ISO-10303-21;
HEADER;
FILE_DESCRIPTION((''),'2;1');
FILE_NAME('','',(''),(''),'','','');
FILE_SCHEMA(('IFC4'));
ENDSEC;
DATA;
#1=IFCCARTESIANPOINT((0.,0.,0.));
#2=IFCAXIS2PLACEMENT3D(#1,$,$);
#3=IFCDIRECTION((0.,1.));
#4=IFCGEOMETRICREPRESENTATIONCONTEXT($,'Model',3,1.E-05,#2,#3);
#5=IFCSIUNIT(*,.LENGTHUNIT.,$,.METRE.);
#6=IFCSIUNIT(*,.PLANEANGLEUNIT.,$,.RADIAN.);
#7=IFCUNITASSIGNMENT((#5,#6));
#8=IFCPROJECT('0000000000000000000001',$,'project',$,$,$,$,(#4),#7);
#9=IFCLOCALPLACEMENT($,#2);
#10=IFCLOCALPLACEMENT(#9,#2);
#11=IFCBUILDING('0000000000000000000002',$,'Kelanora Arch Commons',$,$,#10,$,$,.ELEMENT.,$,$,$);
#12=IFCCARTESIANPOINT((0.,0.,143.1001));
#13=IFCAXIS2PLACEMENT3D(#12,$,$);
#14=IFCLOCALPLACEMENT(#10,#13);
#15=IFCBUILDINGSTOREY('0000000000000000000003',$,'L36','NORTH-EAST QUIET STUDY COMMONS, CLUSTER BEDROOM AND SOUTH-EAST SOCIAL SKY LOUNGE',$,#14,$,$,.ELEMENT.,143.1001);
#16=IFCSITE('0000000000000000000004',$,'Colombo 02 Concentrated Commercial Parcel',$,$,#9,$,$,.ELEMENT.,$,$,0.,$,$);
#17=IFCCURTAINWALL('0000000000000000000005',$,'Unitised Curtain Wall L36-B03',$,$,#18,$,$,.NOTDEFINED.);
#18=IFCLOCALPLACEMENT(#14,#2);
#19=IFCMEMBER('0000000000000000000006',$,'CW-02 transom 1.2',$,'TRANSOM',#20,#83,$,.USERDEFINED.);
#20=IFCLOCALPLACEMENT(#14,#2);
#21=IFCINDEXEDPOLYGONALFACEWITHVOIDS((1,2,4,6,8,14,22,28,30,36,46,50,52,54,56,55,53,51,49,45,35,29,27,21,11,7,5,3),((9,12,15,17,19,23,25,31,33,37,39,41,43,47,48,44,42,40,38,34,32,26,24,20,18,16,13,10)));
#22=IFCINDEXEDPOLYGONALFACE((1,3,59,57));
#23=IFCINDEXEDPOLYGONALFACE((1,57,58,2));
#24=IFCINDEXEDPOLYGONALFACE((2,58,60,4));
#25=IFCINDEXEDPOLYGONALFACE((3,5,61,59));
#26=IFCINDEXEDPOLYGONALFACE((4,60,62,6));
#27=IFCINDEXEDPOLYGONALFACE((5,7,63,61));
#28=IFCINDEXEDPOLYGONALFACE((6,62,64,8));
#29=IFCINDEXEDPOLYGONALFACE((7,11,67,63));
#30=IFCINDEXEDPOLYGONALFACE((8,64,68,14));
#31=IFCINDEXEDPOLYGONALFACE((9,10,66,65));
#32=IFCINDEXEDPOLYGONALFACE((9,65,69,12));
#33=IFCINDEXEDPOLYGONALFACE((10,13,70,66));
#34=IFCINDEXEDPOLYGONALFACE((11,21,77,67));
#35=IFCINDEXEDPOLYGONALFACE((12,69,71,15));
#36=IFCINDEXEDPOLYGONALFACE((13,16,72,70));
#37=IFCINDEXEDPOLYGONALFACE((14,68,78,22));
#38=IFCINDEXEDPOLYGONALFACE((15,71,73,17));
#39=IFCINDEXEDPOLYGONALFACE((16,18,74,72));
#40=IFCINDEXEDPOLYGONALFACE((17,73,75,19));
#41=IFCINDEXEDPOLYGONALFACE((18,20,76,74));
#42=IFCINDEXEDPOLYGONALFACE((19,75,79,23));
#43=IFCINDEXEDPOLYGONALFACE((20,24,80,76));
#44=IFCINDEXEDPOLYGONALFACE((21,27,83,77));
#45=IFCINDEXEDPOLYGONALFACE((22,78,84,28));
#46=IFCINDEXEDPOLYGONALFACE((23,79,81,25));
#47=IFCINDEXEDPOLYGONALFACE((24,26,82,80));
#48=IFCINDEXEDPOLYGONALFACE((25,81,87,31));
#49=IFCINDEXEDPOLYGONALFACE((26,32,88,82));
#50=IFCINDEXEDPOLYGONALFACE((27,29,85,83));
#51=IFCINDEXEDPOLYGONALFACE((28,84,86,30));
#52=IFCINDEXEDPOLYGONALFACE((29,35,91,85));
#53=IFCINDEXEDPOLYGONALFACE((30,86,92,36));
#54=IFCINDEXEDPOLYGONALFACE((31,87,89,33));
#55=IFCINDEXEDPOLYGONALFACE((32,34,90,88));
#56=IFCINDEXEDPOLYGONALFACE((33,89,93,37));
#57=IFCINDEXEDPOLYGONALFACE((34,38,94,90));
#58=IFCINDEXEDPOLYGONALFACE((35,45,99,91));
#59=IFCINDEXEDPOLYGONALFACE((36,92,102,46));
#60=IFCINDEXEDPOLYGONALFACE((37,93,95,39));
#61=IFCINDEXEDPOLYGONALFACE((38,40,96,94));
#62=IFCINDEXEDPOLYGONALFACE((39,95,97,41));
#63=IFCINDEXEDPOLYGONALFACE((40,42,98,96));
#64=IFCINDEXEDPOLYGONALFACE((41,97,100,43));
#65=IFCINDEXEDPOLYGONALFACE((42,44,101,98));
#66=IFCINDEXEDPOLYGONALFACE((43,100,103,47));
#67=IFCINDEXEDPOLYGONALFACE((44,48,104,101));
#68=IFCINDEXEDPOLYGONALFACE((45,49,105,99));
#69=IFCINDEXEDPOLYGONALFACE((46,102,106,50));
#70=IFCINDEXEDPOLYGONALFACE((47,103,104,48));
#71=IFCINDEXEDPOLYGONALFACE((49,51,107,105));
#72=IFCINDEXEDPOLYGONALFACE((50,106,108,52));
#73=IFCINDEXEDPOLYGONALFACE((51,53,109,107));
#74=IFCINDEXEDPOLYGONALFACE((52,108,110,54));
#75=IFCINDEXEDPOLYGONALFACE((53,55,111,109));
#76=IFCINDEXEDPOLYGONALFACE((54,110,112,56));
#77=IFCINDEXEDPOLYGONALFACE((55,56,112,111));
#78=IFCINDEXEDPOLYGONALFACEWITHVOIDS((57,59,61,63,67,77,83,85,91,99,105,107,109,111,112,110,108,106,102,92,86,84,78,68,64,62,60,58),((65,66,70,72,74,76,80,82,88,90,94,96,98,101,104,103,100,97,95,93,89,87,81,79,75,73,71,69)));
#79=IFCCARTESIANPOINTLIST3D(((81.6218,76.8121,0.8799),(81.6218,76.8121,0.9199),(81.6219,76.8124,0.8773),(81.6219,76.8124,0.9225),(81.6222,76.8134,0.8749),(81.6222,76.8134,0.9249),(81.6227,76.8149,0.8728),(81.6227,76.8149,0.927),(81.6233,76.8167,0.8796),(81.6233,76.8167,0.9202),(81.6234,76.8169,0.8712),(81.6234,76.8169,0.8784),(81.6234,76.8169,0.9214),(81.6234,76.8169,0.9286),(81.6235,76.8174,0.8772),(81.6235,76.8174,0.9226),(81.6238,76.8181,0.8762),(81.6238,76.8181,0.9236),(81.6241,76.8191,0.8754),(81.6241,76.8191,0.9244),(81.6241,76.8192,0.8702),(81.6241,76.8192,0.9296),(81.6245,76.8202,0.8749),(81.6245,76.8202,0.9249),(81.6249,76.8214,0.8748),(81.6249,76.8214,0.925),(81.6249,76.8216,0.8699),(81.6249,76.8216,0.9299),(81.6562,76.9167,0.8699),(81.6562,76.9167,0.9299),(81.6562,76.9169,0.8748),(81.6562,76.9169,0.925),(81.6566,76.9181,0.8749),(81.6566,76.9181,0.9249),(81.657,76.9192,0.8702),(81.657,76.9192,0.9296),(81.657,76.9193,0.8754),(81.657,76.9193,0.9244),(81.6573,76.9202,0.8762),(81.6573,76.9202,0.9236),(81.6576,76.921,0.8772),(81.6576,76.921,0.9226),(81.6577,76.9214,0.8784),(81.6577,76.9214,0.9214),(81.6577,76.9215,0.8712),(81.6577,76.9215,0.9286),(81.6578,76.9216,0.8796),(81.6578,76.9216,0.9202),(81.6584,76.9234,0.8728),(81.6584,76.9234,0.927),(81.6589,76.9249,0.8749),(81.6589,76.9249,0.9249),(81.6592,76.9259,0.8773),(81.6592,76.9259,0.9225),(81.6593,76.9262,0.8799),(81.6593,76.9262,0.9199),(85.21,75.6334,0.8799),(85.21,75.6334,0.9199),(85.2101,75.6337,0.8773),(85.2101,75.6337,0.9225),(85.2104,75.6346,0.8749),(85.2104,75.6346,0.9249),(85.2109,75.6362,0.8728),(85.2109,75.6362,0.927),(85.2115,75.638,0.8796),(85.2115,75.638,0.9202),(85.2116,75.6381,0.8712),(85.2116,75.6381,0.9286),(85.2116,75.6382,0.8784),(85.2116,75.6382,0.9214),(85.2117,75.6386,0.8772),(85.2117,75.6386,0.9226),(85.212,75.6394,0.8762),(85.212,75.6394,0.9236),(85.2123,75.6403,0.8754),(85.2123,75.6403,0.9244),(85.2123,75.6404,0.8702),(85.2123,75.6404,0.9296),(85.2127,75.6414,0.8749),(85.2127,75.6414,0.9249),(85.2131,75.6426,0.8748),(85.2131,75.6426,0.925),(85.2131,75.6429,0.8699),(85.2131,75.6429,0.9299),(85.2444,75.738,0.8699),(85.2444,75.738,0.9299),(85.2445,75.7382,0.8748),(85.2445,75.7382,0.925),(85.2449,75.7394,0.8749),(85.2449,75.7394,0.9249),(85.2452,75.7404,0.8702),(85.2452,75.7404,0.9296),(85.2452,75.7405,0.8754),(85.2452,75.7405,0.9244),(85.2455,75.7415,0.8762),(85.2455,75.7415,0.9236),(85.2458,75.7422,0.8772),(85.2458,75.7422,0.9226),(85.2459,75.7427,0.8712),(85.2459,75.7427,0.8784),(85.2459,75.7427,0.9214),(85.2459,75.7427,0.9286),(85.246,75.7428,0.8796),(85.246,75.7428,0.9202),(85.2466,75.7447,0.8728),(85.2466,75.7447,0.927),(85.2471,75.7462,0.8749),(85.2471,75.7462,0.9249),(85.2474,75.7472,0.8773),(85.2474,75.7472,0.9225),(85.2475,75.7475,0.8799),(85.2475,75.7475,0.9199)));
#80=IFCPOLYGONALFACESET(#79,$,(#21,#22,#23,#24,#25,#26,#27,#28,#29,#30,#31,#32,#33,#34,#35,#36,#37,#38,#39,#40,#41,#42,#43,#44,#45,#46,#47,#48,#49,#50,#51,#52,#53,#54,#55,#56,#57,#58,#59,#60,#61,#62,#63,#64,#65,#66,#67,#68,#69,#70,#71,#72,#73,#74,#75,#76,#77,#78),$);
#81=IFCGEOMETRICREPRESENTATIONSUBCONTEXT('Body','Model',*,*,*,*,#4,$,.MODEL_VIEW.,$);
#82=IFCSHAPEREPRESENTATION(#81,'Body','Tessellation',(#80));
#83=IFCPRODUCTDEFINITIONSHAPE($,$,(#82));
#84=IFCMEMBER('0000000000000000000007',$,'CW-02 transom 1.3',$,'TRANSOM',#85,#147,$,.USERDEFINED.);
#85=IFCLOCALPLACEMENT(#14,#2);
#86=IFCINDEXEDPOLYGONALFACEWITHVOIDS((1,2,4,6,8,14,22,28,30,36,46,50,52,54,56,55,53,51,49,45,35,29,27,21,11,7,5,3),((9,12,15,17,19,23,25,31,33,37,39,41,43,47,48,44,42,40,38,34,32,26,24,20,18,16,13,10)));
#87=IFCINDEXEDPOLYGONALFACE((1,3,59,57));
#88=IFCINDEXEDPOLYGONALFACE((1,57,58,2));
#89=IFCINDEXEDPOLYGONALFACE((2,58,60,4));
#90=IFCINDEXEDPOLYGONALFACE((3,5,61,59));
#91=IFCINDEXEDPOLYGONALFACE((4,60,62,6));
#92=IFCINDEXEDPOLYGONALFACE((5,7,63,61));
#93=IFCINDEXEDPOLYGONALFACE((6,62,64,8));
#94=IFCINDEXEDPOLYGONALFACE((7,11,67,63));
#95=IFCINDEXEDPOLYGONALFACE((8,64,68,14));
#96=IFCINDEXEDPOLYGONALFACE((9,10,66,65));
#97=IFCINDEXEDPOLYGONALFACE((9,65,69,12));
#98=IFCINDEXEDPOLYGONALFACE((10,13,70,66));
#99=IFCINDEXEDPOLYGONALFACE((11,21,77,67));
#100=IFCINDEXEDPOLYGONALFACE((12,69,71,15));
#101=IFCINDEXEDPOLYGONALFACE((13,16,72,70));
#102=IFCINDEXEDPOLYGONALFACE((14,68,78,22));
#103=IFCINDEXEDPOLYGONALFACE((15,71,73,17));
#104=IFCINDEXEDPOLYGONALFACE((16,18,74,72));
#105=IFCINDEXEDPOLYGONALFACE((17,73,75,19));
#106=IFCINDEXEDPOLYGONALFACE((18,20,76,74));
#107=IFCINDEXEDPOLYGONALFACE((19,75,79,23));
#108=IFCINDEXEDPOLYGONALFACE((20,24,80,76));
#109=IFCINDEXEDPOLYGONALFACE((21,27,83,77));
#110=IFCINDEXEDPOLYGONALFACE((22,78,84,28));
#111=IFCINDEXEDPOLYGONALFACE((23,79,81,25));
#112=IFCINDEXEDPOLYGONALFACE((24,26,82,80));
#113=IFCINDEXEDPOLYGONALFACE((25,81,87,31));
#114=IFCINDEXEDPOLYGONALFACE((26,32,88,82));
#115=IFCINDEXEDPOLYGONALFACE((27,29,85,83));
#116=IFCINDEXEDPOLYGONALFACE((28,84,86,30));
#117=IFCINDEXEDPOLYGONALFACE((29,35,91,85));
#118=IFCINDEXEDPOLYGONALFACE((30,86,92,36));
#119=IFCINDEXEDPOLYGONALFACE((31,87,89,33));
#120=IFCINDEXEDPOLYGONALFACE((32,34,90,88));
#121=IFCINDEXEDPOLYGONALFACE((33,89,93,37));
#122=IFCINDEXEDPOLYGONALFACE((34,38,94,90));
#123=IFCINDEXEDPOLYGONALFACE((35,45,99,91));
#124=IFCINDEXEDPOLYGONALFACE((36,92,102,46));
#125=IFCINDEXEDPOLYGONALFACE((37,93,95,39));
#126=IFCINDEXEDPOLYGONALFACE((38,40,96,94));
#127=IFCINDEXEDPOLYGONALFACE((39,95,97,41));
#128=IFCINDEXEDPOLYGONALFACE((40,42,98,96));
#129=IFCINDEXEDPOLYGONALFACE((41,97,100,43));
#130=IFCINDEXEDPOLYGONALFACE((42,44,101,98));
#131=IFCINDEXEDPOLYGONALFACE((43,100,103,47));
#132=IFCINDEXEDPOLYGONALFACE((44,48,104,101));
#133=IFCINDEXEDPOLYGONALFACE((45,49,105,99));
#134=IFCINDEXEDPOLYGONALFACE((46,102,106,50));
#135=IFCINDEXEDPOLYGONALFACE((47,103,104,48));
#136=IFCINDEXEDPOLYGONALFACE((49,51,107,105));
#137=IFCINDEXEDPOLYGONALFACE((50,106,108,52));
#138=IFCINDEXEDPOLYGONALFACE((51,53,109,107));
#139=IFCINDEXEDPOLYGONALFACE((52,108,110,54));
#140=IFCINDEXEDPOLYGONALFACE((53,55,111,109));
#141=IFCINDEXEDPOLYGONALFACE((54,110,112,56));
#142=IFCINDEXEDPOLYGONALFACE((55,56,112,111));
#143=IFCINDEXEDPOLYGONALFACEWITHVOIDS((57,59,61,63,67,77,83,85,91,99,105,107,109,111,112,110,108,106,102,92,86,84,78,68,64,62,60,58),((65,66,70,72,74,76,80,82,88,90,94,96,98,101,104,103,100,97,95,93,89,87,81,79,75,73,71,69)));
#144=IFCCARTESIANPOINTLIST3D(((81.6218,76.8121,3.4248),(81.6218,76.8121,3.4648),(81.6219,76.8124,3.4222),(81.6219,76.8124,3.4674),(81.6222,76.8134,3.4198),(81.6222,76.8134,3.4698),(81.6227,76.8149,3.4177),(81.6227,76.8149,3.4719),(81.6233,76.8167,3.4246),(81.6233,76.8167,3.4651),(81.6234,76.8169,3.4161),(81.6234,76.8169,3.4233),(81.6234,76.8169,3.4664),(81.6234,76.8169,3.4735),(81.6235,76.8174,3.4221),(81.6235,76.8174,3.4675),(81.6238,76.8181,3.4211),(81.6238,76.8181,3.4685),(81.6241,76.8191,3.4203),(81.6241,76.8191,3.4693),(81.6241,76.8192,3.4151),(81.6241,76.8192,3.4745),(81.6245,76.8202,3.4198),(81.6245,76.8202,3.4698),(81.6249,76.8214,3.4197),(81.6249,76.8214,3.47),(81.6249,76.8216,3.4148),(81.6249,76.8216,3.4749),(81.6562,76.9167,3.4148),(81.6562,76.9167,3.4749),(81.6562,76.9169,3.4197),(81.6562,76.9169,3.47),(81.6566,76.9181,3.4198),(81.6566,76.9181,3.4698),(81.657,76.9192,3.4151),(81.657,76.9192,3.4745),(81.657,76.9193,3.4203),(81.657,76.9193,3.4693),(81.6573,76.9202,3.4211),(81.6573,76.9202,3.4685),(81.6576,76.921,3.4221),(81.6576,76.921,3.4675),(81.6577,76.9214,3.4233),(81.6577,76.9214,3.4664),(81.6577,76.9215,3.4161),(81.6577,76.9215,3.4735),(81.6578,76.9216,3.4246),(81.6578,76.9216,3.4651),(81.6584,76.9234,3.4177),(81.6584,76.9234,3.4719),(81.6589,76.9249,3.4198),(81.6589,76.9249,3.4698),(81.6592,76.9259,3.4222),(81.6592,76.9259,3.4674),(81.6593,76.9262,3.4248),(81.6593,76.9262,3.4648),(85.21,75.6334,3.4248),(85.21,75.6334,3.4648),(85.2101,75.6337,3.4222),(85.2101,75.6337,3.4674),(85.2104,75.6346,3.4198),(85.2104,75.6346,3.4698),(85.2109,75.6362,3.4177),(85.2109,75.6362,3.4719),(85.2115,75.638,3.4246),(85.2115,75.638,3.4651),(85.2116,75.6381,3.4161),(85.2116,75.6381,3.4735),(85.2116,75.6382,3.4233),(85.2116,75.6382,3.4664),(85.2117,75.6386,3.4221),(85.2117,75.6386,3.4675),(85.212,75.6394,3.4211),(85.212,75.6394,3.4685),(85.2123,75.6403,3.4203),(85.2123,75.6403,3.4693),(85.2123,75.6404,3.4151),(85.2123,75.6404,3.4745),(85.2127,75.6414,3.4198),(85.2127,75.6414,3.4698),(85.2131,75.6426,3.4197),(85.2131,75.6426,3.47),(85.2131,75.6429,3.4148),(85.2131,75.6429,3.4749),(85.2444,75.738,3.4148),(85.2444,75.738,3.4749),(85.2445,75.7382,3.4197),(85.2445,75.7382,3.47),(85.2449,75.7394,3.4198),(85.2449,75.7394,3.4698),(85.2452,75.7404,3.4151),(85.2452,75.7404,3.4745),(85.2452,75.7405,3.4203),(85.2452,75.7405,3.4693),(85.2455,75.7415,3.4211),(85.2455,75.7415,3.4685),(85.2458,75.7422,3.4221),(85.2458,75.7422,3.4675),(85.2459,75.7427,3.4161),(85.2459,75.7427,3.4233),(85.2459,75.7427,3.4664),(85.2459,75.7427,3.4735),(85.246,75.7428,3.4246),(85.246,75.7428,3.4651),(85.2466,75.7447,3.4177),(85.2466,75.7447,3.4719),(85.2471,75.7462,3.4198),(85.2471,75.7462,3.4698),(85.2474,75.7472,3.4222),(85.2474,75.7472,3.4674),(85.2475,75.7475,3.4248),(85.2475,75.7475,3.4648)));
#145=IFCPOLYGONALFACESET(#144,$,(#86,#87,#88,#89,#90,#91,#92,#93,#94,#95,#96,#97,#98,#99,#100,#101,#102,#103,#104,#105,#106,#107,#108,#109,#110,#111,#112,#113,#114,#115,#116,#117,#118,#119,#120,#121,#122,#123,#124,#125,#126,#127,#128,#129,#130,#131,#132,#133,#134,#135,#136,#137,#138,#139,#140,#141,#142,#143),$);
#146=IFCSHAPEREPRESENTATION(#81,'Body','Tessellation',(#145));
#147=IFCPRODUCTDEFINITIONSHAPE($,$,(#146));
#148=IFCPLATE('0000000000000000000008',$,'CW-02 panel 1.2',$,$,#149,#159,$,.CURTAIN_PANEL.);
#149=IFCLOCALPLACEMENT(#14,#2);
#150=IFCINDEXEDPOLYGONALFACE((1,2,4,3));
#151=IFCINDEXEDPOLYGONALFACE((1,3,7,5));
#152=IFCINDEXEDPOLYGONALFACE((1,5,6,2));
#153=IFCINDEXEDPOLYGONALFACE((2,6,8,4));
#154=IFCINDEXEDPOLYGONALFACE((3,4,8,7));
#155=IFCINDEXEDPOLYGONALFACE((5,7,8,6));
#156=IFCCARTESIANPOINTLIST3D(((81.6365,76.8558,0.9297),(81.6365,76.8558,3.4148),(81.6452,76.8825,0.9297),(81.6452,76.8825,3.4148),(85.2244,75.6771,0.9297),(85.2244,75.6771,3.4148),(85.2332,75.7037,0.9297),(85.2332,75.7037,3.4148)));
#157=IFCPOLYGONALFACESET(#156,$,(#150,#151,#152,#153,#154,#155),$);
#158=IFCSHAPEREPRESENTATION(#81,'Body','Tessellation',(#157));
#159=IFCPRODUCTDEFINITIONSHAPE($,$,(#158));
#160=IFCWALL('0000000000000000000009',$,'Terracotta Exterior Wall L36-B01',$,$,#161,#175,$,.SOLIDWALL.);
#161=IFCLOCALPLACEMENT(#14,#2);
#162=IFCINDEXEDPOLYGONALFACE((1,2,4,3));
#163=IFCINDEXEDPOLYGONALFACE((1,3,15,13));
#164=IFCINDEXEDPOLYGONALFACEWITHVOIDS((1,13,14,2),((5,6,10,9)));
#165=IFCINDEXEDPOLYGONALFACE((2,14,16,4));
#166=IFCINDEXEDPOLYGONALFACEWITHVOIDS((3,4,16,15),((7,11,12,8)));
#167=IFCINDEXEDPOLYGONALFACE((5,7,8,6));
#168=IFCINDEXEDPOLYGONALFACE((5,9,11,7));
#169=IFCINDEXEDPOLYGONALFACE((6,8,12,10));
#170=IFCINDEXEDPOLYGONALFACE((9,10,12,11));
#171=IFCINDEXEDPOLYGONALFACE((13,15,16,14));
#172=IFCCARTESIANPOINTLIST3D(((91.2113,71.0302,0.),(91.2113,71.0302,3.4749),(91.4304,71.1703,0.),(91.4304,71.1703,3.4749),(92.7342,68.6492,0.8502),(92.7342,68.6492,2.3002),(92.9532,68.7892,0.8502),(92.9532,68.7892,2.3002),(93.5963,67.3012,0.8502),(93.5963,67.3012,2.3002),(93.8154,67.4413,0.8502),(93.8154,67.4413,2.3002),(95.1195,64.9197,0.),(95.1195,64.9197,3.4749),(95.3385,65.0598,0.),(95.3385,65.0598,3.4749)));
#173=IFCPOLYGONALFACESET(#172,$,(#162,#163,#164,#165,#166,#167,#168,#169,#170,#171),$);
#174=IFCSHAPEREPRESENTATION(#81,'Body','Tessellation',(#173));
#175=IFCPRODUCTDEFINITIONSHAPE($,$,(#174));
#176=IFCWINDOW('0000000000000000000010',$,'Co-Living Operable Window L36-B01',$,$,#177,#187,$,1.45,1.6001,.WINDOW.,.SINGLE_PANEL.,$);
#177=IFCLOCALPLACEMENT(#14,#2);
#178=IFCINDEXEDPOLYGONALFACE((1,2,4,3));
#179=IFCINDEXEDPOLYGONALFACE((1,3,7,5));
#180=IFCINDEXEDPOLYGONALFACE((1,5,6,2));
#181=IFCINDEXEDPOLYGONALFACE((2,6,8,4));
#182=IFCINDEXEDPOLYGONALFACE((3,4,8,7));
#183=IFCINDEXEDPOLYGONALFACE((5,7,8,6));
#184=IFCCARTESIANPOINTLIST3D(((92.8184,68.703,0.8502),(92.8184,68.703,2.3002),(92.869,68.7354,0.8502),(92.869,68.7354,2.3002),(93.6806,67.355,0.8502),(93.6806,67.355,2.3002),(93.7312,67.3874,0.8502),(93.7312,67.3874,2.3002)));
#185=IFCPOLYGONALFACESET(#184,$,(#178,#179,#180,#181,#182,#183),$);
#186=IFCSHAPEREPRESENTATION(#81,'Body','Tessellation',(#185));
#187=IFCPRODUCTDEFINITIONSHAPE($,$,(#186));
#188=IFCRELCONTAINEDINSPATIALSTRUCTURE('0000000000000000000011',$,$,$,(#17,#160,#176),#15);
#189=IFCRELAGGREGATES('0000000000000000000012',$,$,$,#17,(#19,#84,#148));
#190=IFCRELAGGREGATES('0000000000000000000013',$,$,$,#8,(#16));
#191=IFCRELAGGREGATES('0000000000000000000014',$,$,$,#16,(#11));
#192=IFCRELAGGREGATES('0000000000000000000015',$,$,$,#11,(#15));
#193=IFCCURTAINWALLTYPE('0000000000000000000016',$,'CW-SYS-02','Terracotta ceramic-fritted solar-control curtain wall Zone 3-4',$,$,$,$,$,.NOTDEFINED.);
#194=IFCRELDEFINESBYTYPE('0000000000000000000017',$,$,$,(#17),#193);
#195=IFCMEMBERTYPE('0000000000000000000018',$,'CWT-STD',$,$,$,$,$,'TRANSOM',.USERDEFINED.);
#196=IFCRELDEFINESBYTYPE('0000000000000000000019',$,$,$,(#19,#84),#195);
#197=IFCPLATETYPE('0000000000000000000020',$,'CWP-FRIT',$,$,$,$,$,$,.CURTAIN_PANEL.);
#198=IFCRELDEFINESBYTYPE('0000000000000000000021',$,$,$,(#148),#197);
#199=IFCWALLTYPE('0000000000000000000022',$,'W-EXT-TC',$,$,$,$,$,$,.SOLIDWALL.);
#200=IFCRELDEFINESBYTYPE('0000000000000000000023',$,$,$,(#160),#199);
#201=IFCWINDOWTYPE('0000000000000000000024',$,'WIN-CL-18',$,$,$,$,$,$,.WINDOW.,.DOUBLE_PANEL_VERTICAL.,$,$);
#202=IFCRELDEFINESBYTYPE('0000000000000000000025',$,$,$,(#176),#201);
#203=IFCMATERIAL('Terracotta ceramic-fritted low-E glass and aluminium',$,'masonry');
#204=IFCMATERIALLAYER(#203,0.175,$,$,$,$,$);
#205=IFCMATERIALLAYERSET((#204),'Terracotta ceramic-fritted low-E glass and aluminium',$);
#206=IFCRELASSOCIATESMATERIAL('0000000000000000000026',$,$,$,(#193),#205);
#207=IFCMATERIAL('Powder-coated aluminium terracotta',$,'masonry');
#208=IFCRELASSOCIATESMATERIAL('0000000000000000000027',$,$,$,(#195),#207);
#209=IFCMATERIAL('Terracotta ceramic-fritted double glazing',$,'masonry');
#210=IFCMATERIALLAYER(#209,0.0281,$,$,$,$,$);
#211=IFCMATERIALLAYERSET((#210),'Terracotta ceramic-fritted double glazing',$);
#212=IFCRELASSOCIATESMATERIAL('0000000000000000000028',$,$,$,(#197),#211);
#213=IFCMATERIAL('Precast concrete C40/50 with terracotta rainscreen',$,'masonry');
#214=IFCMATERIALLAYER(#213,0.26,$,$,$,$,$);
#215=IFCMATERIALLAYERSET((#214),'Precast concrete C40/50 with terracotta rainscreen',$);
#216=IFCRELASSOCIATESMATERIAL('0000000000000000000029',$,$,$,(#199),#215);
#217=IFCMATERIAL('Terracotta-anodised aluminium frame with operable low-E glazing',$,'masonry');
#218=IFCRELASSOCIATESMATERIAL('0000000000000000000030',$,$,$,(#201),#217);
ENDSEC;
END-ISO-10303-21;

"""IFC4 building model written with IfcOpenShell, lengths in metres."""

from ifc_helpers import new_model, si_unit, direction, frame, frame_2d, origin, origin_2d, place, context, subcontext, project, spatial, rectangle, hollow_rectangle, extrude, source, transform, mapped, material, layer, layer_set, material_profile, profile_set, type_object, element, fill, aggregate, save


model = new_model("IFC4")

# Units and contexts
model_context = context("Model", 3, precision=1e-05, world=origin(), true_north=direction((0.0, 1.0)))
body_context = subcontext(model_context, "Body", "Model", "MODEL_VIEW")
ifc_project = project(units=[si_unit("LENGTHUNIT", "METRE"), si_unit("PLANEANGLEUNIT", "RADIAN")], contexts=[model_context])

# Site, building, storey
site_placement = place(None, origin())
site = spatial("IfcSite", under=ifc_project, at=site_placement, Name="Colombo 02 Concentrated Commercial Parcel", CompositionType="ELEMENT", RefElevation=0.0)
building_placement = place(site_placement, origin())
building = spatial("IfcBuilding", under=site, at=building_placement, Name="Kelanora Arch Commons", CompositionType="ELEMENT")
storey_placement = place(building_placement, frame((0.0, 0.0, 143.1001)))
storey = spatial("IfcBuildingStorey", under=building, at=storey_placement, Name="L36", Description="NORTH-EAST QUIET STUDY COMMONS, CLUSTER BEDROOM AND SOUTH-EAST SOCIAL SKY LOUNGE", CompositionType="ELEMENT", Elevation=143.1001)

# Shared definitions
ifc_material_1 = material(Name="Terracotta ceramic-fritted low-E glass and aluminium", Category="masonry")
ifc_layer_1 = layer(ifc_material_1, 0.175)
ifc_layer_set_1 = layer_set([ifc_layer_1], Name="Terracotta ceramic-fritted low-E glass and aluminium")
curtain_wall_type = type_object("IfcCurtainWallType", Name="CW-SYS-02", Description="Terracotta ceramic-fritted solar-control curtain wall Zone 3-4", PredefinedType="NOTDEFINED", material=ifc_layer_set_1)
ifc_material_2 = material(Name="Powder-coated aluminium terracotta", Category="masonry")

# Curtain wall, members, plate
curtain_wall_1_placement = place(storey_placement, origin())
curtain_wall_1 = element("IfcCurtainWall", 1, at=curtain_wall_1_placement, inside=storey, type_object=curtain_wall_type, Name="Unitised Curtain Wall L36-B03", PredefinedType="NOTDEFINED")
ifc_material_profile_1 = material_profile(ifc_material_2, hollow_rectangle(XDim=0.1201, YDim=0.0601, WallThickness=0.0049, InnerFilletRadius=0.0049, OuterFilletRadius=0.01, at=origin_2d()), Name="CWT120x60")
ifc_profile_set_1 = profile_set([ifc_material_profile_1], Name="Powder-coated aluminium terracotta")
member_type_1 = type_object("IfcMemberType", Name="CWT-STD", ElementType="TRANSOM", PredefinedType="USERDEFINED", material=ifc_profile_set_1)
member_1_placement = place(storey_placement, frame((85.2288, 75.6904, 0.8999), z_axis=(-0.950051, 0.312094, 0.0), x_axis=(-0.312094, -0.950051, 0.0)))
member_1 = element("IfcMember", 2, at=member_1_placement, type_object=member_type_1, Name="CW-02 transom 1.2", ObjectType="TRANSOM", PredefinedType="USERDEFINED", context=body_context, shape_type="SweptSolid", body=[
    extrude(hollow_rectangle(XDim=0.1201, YDim=0.0601, WallThickness=0.0049, InnerFilletRadius=0.0049, OuterFilletRadius=0.01, at=origin_2d()), origin(), (0.0, 0.0, 1.0), 3.7769),
])
member_2_placement = place(storey_placement, frame((85.2288, 75.6904, 3.4448), z_axis=(-0.950051, 0.312094, 0.0), x_axis=(-0.312094, -0.950051, 0.0)))
member_2 = element("IfcMember", 3, at=member_2_placement, type_object=member_type_1, Name="CW-02 transom 1.3", ObjectType="TRANSOM", PredefinedType="USERDEFINED", context=body_context, shape_type="SweptSolid", body=[
    extrude(hollow_rectangle(XDim=0.1201, YDim=0.0601, WallThickness=0.0049, InnerFilletRadius=0.0049, OuterFilletRadius=0.01, at=origin_2d()), origin(), (0.0, 0.0, 1.0), 3.7769),
])
ifc_material_3 = material(Name="Terracotta ceramic-fritted double glazing", Category="masonry")
ifc_layer_2 = layer(ifc_material_3, 0.0281)
ifc_layer_set_2 = layer_set([ifc_layer_2], Name="Terracotta ceramic-fritted double glazing")
plate_type = type_object("IfcPlateType", Name="CWP-FRIT", PredefinedType="CURTAIN_PANEL", material=ifc_layer_set_2)
shared_shape_1 = source(origin(), body_context, "Body", "SweptSolid", [
    extrude(rectangle(XDim=3.7766, YDim=0.0281, at=origin_2d()), origin(), (0.0, 0.0, 1.0), 2.4851),
])
plate_placement = place(storey_placement, frame((83.4348, 76.2798, 0.9297), z_axis=(0.0, 0.0, 1.0), x_axis=(-0.95004, 0.312128, 0.0)))
plate = element("IfcPlate", 4, at=plate_placement, type_object=plate_type, Name="CW-02 panel 1.2", PredefinedType="CURTAIN_PANEL", context=body_context, shape_type="MappedRepresentation", body=[
    mapped(shared_shape_1, transform((0.0, 0.0, 0.0), scale=1.0)),
])
aggregate(curtain_wall_1, [member_1, member_2, plate])

# Wall, opening, window
ifc_material_4 = material(Name="Precast concrete C40/50 with terracotta rainscreen", Category="masonry")
ifc_layer_3 = layer(ifc_material_4, 0.26)
ifc_layer_set_3 = layer_set([ifc_layer_3], Name="Precast concrete C40/50 with terracotta rainscreen")
wall_type_1 = type_object("IfcWallType", Name="W-EXT-TC", PredefinedType="SOLIDWALL", material=ifc_layer_set_3)
wall_1_placement = place(storey_placement, frame((95.229, 64.9897, 0.0), z_axis=(0.0, 0.0, 1.0), x_axis=(-0.538802, 0.842433, 0.0)))
wall_1 = element("IfcWall", 5, at=wall_1_placement, inside=storey, type_object=wall_type_1, Name="Terracotta Exterior Wall L36-B01", PredefinedType="SOLIDWALL", context=body_context, shape_type="SweptSolid", body=[
    extrude(rectangle(XDim=7.2534, YDim=0.26, at=frame_2d((3.6267, 0.0))), origin(), (0.0, 0.0, 1.0), 3.4749),
])
opening_1_placement = place(wall_1_placement, frame((2.8269, 0.0, 0.8501)))
opening_1 = element("IfcOpeningElement", 6, at=opening_1_placement, cuts=wall_1, PredefinedType="OPENING", context=body_context, shape_type="SweptSolid", body=[
    extrude(rectangle(XDim=1.6001, YDim=1.45, at=frame_2d((0.8, 0.7251))), frame((0.0, 0.1401, 0.0), z_axis=(0.0, -1.0, 0.0), x_axis=(1.0, 0.0, 0.0)), (0.0, 0.0, 1.0), 0.28),
])
ifc_material_5 = material(Name="Terracotta-anodised aluminium frame with operable low-E glazing", Category="masonry")
window_type_1 = type_object("IfcWindowType", Name="WIN-CL-18", PartitioningType="DOUBLE_PANEL_VERTICAL", PredefinedType="WINDOW", material=ifc_material_5)
window_1_placement = place(opening_1_placement, origin())
window_1 = element("IfcWindow", 7, at=window_1_placement, inside=storey, type_object=window_type_1, Name="Co-Living Operable Window L36-B01", OverallHeight=1.45, OverallWidth=1.6001, PartitioningType="SINGLE_PANEL", PredefinedType="WINDOW", context=body_context, shape_type="SweptSolid", body=[
    extrude(rectangle(XDim=1.6001, YDim=1.45, at=frame_2d((0.8, 0.7251))), frame((0.0, 0.03, 0.0), z_axis=(0.0, -1.0, 0.0), x_axis=(1.0, 0.0, 0.0)), (0.0, 0.0, 1.0), 0.0601),
])
fill(opening_1, window_1)

save(model, "model.ifc")
